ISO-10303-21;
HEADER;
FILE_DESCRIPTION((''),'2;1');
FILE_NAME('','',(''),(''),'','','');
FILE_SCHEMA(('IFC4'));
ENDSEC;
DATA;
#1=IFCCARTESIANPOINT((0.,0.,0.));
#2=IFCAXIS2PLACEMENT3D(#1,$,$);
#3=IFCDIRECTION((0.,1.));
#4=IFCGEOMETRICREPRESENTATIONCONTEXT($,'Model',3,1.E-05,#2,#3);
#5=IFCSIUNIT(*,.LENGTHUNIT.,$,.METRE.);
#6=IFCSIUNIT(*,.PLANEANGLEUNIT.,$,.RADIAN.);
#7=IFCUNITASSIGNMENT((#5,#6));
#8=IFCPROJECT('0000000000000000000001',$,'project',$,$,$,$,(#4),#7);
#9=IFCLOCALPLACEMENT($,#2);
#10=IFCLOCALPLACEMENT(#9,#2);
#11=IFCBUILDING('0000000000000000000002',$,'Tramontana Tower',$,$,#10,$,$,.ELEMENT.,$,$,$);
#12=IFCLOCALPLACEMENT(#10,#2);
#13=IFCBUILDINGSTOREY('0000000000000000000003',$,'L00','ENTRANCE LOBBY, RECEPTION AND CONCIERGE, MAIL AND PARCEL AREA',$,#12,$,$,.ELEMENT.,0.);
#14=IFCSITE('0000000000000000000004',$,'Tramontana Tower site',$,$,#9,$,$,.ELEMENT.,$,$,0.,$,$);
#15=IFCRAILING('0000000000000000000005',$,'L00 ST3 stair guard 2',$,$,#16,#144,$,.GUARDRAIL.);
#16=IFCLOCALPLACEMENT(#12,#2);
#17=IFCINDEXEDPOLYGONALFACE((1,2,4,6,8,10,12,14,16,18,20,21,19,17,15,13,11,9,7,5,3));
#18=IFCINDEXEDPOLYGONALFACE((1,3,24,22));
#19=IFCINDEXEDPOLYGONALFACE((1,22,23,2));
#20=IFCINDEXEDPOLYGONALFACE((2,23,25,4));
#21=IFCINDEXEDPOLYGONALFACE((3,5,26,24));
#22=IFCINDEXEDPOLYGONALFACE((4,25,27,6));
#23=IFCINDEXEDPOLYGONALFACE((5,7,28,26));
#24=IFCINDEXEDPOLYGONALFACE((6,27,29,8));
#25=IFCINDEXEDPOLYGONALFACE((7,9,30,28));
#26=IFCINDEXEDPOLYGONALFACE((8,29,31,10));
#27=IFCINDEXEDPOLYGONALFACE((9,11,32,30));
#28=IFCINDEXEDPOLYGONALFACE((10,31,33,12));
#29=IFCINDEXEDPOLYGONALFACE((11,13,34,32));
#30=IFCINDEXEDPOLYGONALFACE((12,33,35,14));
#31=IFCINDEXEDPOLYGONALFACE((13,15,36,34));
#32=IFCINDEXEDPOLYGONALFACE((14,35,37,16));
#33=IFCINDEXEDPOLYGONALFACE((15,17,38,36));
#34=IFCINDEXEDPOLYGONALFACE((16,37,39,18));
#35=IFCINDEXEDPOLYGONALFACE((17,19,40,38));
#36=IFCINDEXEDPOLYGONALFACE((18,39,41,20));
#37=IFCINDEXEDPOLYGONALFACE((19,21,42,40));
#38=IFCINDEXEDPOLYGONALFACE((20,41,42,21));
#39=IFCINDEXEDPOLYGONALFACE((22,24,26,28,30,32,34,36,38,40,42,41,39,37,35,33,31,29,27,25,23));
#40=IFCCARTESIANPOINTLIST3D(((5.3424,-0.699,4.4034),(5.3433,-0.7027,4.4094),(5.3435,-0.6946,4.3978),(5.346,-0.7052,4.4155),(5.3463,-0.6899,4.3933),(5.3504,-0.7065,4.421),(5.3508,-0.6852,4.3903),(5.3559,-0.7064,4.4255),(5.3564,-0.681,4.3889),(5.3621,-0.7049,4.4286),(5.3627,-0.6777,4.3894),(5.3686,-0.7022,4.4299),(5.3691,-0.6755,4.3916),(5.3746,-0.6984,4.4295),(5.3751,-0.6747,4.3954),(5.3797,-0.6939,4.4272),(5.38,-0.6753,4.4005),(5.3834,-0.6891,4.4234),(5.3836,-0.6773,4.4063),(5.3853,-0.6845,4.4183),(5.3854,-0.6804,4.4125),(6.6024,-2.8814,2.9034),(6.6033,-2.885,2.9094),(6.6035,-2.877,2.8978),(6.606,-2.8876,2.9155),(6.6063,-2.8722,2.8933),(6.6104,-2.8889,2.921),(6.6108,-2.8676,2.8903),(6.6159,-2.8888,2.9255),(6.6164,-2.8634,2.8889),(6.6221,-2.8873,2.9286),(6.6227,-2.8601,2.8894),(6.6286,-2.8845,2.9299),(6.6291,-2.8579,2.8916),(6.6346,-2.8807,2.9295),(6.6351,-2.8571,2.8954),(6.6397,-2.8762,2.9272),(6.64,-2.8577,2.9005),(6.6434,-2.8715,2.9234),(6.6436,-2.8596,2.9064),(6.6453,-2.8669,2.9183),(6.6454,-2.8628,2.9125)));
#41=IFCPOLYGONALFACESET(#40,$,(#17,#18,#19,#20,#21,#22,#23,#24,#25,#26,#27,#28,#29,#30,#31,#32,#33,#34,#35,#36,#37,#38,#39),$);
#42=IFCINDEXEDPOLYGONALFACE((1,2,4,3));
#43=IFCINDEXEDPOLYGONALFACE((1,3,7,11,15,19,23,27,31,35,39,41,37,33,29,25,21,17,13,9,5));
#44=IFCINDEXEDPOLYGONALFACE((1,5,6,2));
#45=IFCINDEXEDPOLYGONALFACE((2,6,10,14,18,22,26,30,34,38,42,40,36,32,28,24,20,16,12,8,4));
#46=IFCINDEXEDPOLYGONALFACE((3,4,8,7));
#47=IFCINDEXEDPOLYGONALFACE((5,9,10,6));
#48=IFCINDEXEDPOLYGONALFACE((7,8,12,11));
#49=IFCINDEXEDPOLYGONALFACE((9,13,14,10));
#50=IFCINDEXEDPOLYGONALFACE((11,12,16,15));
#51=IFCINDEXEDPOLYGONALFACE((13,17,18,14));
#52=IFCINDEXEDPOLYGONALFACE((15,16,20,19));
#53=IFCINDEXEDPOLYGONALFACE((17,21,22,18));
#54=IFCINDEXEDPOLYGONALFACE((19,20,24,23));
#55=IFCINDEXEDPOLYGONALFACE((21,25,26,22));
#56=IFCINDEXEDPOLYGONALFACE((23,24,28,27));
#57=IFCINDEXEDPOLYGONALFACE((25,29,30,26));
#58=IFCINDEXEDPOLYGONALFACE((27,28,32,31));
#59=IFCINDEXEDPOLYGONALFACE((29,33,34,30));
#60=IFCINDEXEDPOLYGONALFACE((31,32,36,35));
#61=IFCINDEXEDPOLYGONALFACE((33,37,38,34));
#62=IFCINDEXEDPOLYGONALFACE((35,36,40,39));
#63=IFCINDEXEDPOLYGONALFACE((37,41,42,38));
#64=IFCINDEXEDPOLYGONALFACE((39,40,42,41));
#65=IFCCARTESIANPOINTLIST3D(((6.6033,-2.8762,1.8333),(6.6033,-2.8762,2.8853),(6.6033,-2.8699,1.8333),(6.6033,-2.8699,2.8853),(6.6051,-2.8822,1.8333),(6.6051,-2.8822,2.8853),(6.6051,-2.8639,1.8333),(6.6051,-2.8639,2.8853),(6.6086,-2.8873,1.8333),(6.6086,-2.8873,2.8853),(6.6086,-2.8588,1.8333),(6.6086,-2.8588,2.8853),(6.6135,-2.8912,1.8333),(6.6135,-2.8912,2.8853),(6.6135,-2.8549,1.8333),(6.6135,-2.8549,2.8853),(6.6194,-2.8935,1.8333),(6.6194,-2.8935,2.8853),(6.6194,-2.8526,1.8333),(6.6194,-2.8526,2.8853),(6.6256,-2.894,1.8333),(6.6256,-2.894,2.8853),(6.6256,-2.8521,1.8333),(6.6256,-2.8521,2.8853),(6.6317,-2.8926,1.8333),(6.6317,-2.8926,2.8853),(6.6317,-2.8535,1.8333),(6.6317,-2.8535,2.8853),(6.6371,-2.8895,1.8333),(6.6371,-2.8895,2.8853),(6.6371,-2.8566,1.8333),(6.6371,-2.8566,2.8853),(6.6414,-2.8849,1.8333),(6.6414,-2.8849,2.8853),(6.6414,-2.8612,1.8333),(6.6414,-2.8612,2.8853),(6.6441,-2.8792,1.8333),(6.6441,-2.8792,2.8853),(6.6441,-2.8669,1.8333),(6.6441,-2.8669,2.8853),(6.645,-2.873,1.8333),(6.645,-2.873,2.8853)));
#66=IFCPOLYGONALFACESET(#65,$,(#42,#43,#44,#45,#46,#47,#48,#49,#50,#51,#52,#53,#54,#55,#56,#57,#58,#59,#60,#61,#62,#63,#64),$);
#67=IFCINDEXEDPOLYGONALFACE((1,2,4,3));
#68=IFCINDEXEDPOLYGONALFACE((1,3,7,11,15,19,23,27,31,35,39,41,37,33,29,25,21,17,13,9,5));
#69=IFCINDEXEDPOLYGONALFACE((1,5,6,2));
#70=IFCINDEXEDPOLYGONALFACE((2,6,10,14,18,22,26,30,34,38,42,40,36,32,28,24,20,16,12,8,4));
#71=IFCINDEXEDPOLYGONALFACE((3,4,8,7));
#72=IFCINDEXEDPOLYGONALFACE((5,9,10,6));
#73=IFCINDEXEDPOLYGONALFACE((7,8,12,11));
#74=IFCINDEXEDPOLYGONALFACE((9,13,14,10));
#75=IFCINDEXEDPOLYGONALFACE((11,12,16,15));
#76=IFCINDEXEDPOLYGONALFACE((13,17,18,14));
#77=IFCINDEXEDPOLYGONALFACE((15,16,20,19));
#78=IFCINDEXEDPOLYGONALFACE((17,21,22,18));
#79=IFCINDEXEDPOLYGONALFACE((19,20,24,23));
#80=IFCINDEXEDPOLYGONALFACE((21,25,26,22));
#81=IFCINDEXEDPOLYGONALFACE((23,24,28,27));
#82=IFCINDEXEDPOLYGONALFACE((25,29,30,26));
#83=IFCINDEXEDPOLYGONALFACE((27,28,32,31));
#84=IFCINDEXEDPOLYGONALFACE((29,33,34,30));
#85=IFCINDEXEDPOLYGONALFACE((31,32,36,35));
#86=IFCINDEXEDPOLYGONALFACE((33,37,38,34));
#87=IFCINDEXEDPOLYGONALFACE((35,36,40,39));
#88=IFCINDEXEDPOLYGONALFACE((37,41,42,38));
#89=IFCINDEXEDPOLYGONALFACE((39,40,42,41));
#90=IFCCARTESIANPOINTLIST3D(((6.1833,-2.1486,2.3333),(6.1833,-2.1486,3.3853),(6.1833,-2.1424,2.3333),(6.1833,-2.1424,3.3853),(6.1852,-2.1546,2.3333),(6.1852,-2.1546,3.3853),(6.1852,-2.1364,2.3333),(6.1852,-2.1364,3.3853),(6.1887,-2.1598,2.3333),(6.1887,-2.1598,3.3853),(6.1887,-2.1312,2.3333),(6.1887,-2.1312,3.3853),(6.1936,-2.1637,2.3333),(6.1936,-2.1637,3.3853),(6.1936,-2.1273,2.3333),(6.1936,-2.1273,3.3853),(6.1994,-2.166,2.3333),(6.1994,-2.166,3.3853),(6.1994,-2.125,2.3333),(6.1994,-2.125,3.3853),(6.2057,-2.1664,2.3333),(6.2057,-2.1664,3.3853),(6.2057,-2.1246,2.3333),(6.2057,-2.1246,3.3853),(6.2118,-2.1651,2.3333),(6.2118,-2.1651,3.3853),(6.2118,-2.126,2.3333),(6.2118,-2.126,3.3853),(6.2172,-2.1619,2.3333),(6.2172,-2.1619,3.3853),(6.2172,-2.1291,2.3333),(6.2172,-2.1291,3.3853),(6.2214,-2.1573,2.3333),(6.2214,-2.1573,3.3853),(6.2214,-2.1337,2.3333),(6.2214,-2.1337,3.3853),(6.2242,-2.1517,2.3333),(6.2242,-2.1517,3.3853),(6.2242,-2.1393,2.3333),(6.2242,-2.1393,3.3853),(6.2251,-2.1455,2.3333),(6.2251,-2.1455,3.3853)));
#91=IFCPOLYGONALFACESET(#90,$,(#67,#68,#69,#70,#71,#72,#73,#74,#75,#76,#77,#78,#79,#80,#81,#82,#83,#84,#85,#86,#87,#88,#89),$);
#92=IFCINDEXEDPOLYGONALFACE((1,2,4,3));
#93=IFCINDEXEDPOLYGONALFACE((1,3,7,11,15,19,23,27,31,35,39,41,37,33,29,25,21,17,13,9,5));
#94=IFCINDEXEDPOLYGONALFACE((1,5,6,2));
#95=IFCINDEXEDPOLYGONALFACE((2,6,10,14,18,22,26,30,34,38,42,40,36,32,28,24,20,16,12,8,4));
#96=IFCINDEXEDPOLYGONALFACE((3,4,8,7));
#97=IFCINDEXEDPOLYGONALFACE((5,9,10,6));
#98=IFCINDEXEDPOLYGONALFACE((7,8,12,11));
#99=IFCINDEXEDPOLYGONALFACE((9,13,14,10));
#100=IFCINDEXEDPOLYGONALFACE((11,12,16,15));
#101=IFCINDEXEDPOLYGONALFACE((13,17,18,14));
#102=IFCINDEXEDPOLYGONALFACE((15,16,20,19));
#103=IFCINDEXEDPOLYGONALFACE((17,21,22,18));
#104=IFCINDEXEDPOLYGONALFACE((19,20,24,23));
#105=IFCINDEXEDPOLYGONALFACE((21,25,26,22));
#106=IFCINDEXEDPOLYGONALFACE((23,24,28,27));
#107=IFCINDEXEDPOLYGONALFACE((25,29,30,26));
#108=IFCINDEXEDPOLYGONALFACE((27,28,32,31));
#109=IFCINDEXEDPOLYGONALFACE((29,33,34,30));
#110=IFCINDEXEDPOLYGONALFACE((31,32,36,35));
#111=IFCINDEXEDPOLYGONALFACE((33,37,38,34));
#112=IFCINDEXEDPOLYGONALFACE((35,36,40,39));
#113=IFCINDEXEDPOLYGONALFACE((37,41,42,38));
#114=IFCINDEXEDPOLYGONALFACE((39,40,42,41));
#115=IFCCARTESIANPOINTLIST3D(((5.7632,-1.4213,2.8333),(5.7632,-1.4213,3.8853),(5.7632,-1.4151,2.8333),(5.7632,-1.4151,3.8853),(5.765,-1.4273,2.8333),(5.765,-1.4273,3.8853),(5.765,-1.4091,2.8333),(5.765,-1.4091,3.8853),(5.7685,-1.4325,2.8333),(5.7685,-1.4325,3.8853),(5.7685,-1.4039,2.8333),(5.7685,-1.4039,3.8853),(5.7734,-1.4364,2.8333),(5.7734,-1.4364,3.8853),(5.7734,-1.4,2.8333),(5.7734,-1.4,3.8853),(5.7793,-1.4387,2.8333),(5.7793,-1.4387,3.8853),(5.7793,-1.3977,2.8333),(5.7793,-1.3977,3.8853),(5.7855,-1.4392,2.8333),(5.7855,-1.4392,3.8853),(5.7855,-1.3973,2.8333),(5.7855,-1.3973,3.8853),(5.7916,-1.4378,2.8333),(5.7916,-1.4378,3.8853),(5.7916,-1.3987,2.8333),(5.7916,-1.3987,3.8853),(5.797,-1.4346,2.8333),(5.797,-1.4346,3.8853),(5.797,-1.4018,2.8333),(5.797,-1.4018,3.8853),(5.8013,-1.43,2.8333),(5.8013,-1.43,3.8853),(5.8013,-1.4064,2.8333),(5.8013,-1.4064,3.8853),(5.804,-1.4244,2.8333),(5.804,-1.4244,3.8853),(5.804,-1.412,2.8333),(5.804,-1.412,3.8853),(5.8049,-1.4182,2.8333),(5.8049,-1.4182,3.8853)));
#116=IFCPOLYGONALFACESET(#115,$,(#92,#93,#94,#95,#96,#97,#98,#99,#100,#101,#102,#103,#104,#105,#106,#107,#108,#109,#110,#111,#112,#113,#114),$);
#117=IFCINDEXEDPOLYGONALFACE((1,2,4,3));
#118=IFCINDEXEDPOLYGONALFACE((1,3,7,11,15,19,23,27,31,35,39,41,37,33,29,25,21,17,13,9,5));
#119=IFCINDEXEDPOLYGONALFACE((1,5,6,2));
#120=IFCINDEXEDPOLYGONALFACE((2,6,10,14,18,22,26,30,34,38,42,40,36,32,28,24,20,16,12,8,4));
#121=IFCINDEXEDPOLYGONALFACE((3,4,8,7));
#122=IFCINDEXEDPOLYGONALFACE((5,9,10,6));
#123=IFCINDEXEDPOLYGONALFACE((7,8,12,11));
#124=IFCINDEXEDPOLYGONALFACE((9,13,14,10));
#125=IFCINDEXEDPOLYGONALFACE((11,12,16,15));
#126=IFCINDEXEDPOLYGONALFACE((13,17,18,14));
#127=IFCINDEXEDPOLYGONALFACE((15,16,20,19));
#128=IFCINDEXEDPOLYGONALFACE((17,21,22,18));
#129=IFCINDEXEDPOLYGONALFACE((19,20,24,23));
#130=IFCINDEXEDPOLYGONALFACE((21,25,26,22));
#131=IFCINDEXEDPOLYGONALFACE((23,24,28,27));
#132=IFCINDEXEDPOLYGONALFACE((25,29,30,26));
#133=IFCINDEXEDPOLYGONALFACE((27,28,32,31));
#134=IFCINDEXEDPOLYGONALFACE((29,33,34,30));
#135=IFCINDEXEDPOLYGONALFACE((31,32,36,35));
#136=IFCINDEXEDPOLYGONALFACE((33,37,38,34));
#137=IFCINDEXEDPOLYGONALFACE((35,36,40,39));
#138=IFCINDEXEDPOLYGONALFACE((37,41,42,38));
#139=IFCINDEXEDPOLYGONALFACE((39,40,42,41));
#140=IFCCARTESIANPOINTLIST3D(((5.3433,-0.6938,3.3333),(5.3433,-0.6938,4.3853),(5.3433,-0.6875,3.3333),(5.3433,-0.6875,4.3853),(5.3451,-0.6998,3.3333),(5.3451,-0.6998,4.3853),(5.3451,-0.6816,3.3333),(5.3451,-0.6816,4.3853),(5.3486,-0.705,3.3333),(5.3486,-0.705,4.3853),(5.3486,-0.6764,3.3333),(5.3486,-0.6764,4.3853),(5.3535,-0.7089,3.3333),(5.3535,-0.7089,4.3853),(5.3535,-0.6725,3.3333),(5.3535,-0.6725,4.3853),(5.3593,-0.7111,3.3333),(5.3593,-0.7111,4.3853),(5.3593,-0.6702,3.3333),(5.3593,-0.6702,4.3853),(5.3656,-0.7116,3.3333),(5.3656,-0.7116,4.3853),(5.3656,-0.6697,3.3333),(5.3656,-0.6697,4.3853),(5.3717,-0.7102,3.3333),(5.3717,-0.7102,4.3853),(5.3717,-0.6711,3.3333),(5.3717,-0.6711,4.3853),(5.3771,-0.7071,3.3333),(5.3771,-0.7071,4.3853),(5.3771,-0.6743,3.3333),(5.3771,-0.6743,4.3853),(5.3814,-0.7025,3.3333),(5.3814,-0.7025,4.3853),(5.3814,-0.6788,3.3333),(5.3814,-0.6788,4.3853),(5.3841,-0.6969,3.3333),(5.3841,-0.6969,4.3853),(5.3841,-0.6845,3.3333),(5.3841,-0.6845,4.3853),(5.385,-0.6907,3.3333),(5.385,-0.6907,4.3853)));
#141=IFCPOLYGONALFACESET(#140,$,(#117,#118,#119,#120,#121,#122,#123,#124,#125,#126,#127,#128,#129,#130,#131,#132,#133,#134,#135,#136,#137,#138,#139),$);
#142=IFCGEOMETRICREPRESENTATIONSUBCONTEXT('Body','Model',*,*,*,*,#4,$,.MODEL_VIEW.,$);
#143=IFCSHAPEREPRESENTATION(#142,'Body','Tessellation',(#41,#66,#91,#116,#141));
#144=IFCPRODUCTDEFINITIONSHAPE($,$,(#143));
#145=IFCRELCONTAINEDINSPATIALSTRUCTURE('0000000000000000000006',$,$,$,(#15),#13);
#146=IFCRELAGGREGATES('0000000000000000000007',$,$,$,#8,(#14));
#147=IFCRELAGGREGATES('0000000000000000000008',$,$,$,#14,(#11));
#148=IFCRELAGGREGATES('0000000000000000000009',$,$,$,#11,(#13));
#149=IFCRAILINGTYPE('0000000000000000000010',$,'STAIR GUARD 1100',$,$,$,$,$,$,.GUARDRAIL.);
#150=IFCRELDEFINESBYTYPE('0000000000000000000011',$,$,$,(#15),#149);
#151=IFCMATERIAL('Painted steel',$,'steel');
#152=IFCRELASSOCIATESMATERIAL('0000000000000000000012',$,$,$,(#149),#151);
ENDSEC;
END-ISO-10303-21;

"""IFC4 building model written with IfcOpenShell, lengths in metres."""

from ifc_helpers import new_model, si_unit, direction, frame, origin, origin_2d, place, context, subcontext, project, spatial, circle, extrude, material, type_object, element, save


model = new_model("IFC4")

# Units and contexts
model_context = context("Model", 3, precision=1e-05, world=origin(), true_north=direction((0.0, 1.0)))
body_context = subcontext(model_context, "Body", "Model", "MODEL_VIEW")
ifc_project = project(units=[si_unit("LENGTHUNIT", "METRE"), si_unit("PLANEANGLEUNIT", "RADIAN")], contexts=[model_context])

# Site, building, storey
site_placement = place(None, origin())
site = spatial("IfcSite", under=ifc_project, at=site_placement, Name="Tramontana Tower site", CompositionType="ELEMENT", RefElevation=0.0)
building_placement = place(site_placement, origin())
building = spatial("IfcBuilding", under=site, at=building_placement, Name="Tramontana Tower", CompositionType="ELEMENT")
storey_placement = place(building_placement, origin())
storey = spatial("IfcBuildingStorey", under=building, at=storey_placement, Name="L00", Description="ENTRANCE LOBBY, RECEPTION AND CONCIERGE, MAIL AND PARCEL AREA", CompositionType="ELEMENT", Elevation=0.0)

# Railing
ifc_material_1 = material(Name="Painted steel", Category="steel")
railing_type_1 = type_object("IfcRailingType", Name="STAIR GUARD 1100", PredefinedType="GUARDRAIL", material=ifc_material_1)
for number, where, name in (
    (1, (6.624, -2.873, 1.8333), "L00 ST3 stair guard 2"),
):
    element("IfcRailing", number, at=place(storey_placement, frame(where)), inside=storey, type_object=railing_type_1, Name=name, PredefinedType="GUARDRAIL", context=body_context, shape_type="SweptSolid", body=[
        extrude(circle(Radius=0.0239, at=origin_2d()), frame((0.0, 0.0, 1.0762), z_axis=(-0.42965, 0.744167, 0.511485), x_axis=(-0.866023, -0.500005, 0.0)), (0.0, 0.0, 1.0), 2.9326),
        extrude(circle(Radius=0.021, at=origin_2d()), origin(), (0.0, 0.0, 1.0), 1.052),
        extrude(circle(Radius=0.021, at=origin_2d()), frame((-0.4199, 0.7275, 0.5)), (0.0, 0.0, 1.0), 1.052),
        extrude(circle(Radius=0.021, at=origin_2d()), frame((-0.8401, 1.4548, 1.0)), (0.0, 0.0, 1.0), 1.052),
        extrude(circle(Radius=0.021, at=origin_2d()), frame((-1.26, 2.1824, 1.5)), (0.0, 0.0, 1.0), 1.052),
    ])

save(model, "model.ifc")
